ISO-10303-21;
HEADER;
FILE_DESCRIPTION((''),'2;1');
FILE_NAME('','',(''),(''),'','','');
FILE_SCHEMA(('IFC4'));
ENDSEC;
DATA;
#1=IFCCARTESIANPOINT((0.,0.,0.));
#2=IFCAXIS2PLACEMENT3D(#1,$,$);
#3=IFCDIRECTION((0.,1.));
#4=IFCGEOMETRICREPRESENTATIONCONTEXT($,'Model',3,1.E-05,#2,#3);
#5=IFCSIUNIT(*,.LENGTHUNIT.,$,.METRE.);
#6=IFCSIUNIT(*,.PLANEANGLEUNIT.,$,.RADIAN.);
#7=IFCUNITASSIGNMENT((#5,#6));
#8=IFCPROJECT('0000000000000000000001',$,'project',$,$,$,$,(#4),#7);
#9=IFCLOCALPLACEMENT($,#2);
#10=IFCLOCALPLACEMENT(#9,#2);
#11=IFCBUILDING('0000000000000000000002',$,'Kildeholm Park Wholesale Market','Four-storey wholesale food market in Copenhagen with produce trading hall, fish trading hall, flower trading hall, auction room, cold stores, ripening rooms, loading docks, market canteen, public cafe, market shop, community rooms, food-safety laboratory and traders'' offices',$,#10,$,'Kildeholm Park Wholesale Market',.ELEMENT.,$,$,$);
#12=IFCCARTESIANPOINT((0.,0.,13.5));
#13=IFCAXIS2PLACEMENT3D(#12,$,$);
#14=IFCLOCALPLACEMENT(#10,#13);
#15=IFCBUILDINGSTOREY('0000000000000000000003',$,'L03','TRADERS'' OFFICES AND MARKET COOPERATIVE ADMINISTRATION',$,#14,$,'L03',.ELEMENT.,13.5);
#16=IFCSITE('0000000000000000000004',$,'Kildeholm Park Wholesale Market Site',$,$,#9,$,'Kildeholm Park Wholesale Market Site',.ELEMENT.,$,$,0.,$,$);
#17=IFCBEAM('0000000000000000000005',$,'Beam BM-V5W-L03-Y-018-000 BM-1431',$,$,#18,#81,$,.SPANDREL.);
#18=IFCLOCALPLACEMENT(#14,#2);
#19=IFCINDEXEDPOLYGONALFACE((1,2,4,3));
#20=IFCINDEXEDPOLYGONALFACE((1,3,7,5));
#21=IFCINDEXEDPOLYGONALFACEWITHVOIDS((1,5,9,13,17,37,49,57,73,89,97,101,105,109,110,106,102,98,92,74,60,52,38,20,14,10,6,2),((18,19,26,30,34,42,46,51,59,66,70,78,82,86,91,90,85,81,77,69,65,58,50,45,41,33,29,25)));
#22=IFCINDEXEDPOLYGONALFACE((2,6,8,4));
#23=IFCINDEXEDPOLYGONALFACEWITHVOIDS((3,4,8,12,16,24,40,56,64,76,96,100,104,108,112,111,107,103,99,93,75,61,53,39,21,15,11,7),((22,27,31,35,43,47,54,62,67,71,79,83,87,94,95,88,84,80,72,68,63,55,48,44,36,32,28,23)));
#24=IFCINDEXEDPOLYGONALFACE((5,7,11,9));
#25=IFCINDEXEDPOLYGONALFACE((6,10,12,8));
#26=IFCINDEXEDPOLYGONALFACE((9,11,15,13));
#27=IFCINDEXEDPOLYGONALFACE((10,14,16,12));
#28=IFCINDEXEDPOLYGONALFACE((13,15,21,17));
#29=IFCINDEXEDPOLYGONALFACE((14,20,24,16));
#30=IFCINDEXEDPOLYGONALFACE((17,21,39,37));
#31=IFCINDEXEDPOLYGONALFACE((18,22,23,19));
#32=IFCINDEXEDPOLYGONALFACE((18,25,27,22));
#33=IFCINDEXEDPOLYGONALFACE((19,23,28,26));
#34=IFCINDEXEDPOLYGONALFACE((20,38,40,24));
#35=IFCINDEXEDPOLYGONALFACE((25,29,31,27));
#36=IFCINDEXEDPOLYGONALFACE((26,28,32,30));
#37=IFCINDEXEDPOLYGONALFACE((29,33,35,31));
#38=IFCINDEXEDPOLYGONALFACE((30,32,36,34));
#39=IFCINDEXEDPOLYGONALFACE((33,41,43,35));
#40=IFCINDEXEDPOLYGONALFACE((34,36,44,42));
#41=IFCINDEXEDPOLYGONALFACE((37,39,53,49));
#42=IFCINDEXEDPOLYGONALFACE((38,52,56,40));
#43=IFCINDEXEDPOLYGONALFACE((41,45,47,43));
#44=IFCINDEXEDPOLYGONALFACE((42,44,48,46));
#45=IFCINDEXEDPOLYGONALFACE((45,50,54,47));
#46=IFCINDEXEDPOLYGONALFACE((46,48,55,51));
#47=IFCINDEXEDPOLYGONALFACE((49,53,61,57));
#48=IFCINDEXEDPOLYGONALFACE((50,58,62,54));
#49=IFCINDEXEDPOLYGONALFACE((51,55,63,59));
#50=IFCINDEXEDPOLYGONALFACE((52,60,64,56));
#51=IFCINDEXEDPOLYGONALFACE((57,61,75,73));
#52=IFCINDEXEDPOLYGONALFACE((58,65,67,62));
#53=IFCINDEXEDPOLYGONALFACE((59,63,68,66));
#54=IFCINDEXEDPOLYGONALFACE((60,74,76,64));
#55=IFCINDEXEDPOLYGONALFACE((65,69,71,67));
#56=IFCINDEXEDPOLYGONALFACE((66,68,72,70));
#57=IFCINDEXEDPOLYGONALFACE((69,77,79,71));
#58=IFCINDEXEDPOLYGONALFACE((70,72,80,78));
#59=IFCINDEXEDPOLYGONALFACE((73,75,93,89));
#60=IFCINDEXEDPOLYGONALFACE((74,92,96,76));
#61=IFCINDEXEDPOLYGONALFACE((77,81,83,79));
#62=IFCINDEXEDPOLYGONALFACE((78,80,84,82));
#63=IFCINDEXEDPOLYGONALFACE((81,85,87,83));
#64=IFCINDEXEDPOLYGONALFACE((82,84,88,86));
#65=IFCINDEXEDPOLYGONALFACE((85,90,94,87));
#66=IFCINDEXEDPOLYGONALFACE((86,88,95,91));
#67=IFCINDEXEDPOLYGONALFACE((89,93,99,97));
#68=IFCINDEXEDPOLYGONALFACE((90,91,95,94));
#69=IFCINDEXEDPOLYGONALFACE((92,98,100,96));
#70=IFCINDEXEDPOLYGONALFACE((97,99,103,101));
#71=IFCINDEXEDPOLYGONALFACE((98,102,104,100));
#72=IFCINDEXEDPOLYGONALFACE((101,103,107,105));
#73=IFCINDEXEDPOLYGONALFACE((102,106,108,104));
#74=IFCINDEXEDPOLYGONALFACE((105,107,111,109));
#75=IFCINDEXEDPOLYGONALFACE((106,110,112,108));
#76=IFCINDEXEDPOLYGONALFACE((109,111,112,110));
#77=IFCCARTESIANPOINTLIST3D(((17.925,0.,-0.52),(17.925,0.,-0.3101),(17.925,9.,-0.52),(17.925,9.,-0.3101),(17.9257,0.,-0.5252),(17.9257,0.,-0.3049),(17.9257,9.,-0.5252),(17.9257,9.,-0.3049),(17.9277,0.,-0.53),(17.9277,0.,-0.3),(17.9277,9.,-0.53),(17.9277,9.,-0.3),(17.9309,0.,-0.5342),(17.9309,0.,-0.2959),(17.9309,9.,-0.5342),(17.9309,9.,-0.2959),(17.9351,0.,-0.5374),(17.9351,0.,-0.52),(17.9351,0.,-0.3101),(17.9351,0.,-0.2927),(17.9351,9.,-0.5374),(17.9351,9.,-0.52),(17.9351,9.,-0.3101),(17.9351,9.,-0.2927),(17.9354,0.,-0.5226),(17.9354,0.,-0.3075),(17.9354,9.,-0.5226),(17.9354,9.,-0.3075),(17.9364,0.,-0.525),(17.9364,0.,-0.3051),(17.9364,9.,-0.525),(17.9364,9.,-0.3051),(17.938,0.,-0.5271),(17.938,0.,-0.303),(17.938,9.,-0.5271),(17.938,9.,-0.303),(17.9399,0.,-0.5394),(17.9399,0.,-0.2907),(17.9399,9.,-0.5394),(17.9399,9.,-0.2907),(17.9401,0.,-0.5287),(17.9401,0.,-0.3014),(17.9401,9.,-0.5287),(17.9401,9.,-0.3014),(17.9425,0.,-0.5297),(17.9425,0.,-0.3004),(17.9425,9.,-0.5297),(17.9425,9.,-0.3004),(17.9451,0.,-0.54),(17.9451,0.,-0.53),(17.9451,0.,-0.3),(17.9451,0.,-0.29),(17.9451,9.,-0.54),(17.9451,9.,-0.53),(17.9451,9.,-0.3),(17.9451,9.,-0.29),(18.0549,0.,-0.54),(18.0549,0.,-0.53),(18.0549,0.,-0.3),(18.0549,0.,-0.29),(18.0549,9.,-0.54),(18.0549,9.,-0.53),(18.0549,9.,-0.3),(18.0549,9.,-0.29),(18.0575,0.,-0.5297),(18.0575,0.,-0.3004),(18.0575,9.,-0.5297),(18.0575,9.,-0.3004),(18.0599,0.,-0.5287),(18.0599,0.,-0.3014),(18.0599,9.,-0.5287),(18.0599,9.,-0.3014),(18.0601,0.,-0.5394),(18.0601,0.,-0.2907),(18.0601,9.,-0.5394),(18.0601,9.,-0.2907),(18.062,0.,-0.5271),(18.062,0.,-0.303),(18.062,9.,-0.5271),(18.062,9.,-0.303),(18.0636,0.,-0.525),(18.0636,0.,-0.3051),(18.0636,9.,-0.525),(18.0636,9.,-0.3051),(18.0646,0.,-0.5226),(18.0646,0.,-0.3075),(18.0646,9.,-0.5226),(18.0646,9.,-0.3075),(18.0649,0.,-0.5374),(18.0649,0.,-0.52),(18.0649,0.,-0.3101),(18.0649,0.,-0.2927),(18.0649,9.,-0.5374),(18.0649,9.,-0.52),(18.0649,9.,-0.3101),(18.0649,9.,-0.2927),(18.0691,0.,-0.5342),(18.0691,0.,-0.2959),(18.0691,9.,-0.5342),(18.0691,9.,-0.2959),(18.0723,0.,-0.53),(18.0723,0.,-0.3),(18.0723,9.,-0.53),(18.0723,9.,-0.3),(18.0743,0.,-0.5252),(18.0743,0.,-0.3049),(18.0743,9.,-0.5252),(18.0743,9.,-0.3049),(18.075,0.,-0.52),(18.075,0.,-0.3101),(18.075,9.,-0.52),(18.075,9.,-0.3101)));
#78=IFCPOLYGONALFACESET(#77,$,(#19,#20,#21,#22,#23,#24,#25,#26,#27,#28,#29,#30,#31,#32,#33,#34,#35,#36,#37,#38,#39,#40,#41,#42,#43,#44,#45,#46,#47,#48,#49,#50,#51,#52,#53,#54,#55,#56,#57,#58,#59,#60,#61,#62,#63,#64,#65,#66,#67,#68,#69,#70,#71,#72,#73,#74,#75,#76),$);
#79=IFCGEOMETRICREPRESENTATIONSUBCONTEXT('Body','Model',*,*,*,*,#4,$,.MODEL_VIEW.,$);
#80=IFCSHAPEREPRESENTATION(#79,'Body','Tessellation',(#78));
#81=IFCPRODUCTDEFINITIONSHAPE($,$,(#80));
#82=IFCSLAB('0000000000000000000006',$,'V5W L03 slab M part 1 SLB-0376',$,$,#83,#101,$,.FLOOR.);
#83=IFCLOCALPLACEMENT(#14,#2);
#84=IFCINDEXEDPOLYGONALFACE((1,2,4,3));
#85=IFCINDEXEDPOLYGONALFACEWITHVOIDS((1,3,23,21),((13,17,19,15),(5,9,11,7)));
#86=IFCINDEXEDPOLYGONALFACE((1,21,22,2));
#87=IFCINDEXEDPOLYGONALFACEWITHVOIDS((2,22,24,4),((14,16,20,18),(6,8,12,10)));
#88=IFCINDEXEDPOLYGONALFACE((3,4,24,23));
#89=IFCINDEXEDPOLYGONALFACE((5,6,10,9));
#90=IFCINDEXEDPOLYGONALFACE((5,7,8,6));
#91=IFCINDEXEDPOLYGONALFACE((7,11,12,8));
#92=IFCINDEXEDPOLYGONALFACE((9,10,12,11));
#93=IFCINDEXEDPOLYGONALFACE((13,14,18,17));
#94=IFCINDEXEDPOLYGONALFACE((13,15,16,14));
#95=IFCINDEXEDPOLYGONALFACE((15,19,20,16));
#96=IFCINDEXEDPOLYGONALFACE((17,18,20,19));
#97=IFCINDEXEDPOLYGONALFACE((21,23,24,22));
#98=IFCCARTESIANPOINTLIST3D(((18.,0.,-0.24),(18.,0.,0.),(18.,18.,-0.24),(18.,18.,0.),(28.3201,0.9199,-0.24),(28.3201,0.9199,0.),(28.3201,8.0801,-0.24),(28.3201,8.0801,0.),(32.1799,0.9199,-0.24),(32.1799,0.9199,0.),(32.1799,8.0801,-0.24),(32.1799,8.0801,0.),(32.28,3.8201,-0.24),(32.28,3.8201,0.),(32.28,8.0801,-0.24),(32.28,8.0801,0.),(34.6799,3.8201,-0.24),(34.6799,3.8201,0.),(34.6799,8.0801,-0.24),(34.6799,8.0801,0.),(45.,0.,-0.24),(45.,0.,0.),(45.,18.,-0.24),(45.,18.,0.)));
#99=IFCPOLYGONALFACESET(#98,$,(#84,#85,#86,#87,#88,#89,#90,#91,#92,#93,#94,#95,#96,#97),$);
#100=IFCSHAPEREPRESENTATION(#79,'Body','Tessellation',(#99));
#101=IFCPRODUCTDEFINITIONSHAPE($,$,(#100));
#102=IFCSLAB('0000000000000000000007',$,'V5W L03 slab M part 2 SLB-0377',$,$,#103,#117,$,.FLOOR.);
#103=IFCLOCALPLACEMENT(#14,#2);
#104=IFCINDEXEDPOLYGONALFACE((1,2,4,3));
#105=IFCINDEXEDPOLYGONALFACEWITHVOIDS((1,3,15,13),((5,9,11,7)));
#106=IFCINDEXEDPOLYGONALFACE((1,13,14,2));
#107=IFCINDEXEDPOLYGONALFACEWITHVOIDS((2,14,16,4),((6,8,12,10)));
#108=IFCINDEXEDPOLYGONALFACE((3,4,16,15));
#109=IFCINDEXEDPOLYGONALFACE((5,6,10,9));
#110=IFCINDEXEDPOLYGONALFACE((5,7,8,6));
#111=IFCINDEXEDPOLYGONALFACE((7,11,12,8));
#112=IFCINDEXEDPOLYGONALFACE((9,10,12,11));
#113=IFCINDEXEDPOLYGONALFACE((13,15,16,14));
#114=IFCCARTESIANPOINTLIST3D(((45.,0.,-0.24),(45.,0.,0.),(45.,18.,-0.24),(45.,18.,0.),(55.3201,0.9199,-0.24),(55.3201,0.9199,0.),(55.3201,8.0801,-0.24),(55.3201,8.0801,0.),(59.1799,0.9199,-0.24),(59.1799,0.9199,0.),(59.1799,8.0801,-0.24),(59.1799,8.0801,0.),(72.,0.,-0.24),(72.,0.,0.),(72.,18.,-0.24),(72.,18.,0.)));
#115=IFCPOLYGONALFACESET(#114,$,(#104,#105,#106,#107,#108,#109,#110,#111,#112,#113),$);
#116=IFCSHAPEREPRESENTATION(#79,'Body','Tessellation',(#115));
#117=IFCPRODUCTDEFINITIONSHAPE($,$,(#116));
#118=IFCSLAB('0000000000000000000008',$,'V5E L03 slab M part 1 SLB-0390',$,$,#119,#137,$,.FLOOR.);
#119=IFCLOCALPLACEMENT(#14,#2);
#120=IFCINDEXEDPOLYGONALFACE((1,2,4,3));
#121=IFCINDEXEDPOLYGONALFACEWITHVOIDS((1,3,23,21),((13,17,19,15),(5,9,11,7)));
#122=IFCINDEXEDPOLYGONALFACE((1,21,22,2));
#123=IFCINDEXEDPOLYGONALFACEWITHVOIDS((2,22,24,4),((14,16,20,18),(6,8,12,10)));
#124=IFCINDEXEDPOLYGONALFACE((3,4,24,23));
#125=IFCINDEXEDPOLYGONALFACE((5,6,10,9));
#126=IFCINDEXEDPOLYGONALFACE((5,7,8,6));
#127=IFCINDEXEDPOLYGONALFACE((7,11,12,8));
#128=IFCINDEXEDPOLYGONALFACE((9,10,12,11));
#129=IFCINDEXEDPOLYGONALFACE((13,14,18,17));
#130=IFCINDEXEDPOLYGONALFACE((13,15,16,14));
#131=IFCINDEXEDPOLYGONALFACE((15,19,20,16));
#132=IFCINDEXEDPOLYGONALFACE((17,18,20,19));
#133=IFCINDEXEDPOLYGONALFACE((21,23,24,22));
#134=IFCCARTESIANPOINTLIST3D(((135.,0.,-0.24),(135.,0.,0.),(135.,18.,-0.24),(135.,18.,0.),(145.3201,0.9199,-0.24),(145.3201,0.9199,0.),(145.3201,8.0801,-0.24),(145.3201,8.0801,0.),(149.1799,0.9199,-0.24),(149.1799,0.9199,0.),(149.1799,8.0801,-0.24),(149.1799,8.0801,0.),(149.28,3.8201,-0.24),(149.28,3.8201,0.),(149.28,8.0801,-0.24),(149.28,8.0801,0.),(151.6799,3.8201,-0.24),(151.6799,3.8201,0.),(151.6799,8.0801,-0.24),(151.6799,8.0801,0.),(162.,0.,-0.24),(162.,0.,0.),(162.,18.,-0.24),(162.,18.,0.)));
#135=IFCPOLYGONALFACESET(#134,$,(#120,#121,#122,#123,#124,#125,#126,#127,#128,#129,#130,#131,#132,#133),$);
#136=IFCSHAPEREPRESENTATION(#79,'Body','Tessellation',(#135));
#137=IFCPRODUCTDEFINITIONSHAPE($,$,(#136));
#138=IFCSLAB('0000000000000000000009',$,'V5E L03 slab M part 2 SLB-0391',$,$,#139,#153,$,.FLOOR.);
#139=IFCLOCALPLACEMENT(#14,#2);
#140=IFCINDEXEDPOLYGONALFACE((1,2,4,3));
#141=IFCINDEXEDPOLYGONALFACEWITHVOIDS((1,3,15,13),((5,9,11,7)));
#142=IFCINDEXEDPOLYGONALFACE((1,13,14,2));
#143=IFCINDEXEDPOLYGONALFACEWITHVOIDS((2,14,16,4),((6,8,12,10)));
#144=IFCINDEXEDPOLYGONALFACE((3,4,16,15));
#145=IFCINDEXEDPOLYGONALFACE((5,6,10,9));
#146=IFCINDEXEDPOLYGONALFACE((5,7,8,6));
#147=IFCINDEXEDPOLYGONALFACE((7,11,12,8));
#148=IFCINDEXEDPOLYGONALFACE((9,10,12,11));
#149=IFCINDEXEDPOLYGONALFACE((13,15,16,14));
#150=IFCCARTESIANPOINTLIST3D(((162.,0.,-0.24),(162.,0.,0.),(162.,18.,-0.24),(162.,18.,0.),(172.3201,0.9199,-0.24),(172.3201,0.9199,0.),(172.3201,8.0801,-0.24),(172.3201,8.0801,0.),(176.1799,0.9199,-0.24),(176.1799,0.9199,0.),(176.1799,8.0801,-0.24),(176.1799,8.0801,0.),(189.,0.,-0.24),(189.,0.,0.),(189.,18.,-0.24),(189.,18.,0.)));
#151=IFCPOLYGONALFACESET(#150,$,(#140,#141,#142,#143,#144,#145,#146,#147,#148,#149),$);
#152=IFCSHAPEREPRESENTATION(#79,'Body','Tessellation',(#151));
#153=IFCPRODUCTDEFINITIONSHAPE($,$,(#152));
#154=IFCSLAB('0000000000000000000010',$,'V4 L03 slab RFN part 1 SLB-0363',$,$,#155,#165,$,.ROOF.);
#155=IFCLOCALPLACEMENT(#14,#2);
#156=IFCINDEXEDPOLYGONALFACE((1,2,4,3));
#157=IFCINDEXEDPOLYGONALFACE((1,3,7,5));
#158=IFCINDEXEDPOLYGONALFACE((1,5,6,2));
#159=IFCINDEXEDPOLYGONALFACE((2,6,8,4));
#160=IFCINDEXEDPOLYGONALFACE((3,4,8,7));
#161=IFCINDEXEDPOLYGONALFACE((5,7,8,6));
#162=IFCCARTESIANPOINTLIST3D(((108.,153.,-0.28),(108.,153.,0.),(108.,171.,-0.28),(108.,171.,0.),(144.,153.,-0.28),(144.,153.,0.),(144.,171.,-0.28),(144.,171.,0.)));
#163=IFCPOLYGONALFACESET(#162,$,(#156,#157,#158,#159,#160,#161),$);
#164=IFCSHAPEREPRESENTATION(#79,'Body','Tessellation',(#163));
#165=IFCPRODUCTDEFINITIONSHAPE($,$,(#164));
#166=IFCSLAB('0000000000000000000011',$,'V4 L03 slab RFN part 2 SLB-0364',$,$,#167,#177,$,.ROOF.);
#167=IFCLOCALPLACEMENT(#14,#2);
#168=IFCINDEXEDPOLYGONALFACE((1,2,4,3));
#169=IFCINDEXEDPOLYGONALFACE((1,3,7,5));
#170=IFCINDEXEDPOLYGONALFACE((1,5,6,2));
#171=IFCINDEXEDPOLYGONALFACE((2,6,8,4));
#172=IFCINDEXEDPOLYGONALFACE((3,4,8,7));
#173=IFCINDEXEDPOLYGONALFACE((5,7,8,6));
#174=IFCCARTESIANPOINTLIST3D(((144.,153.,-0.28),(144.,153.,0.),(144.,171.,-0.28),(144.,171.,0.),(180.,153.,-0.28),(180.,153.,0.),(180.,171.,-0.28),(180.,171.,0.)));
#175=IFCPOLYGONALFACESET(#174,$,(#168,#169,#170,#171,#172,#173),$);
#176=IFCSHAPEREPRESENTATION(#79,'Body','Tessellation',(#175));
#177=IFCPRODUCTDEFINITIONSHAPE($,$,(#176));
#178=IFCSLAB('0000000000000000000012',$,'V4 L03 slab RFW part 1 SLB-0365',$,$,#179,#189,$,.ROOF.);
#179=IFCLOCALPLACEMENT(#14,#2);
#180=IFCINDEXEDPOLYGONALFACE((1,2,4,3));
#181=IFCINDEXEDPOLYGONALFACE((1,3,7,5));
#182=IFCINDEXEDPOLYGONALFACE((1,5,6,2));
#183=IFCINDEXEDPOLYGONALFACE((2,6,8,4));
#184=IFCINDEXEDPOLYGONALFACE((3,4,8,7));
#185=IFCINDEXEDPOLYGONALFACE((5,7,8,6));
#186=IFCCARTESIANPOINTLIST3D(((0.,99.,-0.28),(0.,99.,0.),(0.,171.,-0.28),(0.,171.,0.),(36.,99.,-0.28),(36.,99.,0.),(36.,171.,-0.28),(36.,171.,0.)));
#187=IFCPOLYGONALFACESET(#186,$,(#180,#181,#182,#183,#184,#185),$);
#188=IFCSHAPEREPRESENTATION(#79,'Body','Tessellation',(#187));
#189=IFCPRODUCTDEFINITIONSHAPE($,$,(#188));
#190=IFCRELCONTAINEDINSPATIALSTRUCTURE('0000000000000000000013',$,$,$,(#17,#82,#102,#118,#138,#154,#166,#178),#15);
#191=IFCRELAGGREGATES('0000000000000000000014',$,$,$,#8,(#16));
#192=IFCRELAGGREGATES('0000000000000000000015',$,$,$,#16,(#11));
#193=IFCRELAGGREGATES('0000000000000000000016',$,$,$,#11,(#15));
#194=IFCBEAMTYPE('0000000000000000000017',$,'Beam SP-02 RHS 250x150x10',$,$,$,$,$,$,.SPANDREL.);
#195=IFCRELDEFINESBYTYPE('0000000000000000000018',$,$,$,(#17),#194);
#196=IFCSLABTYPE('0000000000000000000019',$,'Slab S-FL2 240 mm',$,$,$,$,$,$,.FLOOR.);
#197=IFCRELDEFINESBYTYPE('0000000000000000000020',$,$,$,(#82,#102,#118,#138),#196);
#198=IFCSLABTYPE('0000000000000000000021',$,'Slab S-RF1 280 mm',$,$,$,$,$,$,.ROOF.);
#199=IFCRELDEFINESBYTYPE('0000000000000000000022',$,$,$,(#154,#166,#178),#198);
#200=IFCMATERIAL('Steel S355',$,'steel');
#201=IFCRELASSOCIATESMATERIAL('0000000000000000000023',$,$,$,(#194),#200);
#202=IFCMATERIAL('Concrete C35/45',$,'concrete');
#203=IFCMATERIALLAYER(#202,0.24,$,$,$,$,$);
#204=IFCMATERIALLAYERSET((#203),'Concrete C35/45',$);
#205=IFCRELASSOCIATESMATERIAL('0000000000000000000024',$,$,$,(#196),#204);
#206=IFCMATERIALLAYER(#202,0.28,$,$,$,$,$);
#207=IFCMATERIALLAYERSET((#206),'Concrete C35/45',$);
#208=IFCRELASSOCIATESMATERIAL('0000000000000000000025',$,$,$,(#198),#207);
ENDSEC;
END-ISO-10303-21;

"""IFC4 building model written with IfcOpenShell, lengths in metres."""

from ifc_helpers import new_model, si_unit, direction, frame, origin, origin_2d, place, context, subcontext, project, spatial, polyline, hollow_rectangle, outline, extrude, material, layer, layer_set, material_profile, profile_set, type_object, element, save


model = new_model("IFC4")

# Units and contexts
model_context = context("Model", 3, precision=1e-05, world=origin(), true_north=direction((0.0, 1.0)))
body_context = subcontext(model_context, "Body", "Model", "MODEL_VIEW")
ifc_project = project(units=[si_unit("LENGTHUNIT", "METRE"), si_unit("PLANEANGLEUNIT", "RADIAN")], contexts=[model_context])

# Site, building, storey
site_placement = place(None, origin())
site = spatial("IfcSite", under=ifc_project, at=site_placement, Name="Kildeholm Park Wholesale Market Site", LongName="Kildeholm Park Wholesale Market Site", CompositionType="ELEMENT", RefElevation=0.0)
building_placement = place(site_placement, origin())
building = spatial("IfcBuilding", under=site, at=building_placement, Name="Kildeholm Park Wholesale Market", Description="Four-storey wholesale food market in Copenhagen with produce trading hall, fish trading hall, flower trading hall, auction room, cold stores, ripening rooms, loading docks, market canteen, public cafe, market shop, community rooms, food-safety laboratory and traders' offices", LongName="Kildeholm Park Wholesale Market", CompositionType="ELEMENT")
storey_placement = place(building_placement, frame((0.0, 0.0, 13.5)))
storey = spatial("IfcBuildingStorey", under=building, at=storey_placement, Name="L03", Description="TRADERS' OFFICES AND MARKET COOPERATIVE ADMINISTRATION", LongName="L03", CompositionType="ELEMENT", Elevation=13.5)

# Shared definitions
ifc_material_1 = material(Name="Steel S355", Category="steel")

# Beam
ifc_material_profile_1 = material_profile(ifc_material_1, hollow_rectangle(XDim=0.1499, YDim=0.25, WallThickness=0.01, InnerFilletRadius=0.01, OuterFilletRadius=0.02, at=origin_2d()), Name="RHS 250x150x10")
ifc_profile_set_1 = profile_set([ifc_material_profile_1], Name="Steel S355")
beam_type_1 = type_object("IfcBeamType", Name="Beam SP-02 RHS 250x150x10", PredefinedType="SPANDREL", material=ifc_profile_set_1)
for number, where, z_axis, x_axis, name in (
    (1, (18.0, 0.0, -0.415), (0.0, 1.0, 0.0), (-1.0, 0.0, 0.0), "Beam BM-V5W-L03-Y-018-000 BM-1431"),
):
    element("IfcBeam", number, at=place(storey_placement, frame(where, z_axis=z_axis, x_axis=x_axis)), inside=storey, type_object=beam_type_1, Name=name, PredefinedType="SPANDREL", context=body_context, shape_type="SweptSolid", body=[
        extrude(hollow_rectangle(XDim=0.1499, YDim=0.25, WallThickness=0.01, InnerFilletRadius=0.01, OuterFilletRadius=0.02, at=origin_2d()), origin(), (0.0, 0.0, 1.0), 9.0),
    ])

# Slabs
ifc_material_2 = material(Name="Concrete C35/45", Category="concrete")
ifc_layer_1 = layer(ifc_material_2, 0.24)
ifc_layer_set_1 = layer_set([ifc_layer_1], Name="Concrete C35/45")
slab_type_1 = type_object("IfcSlabType", Name="Slab S-FL2 240 mm", PredefinedType="FLOOR", material=ifc_layer_set_1)
slab_1_placement = place(storey_placement, frame((0.0, 0.0, -0.24)))
element("IfcSlab", 2, at=slab_1_placement, inside=storey, type_object=slab_type_1, Name="V5W L03 slab M part 1 SLB-0376", PredefinedType="FLOOR", context=body_context, shape_type="SweptSolid", body=[
    extrude(outline(polyline([(18.0, 18.0), (45.0, 18.0), (45.0, 0.0), (18.0, 0.0), (18.0, 18.0)]), holes=[polyline([(28.3201, 8.0801), (28.3201, 0.9199), (32.1799, 0.9199), (32.1799, 8.0801), (28.3201, 8.0801)]), polyline([(32.28, 8.0801), (32.28, 3.8201), (34.6799, 3.8201), (34.6799, 8.0801), (32.28, 8.0801)])]), origin(), (0.0, 0.0, 1.0), 0.24),
])
slab_2_placement = place(storey_placement, frame((0.0, 0.0, -0.24)))
element("IfcSlab", 3, at=slab_2_placement, inside=storey, type_object=slab_type_1, Name="V5W L03 slab M part 2 SLB-0377", PredefinedType="FLOOR", context=body_context, shape_type="SweptSolid", body=[
    extrude(outline(polyline([(45.0, 18.0), (72.0, 18.0), (72.0, 0.0), (45.0, 0.0), (45.0, 18.0)]), holes=[polyline([(55.3201, 8.0801), (55.3201, 0.9199), (59.1799, 0.9199), (59.1799, 8.0801), (55.3201, 8.0801)])]), origin(), (0.0, 0.0, 1.0), 0.24),
])
slab_3_placement = place(storey_placement, frame((0.0, 0.0, -0.24)))
element("IfcSlab", 4, at=slab_3_placement, inside=storey, type_object=slab_type_1, Name="V5E L03 slab M part 1 SLB-0390", PredefinedType="FLOOR", context=body_context, shape_type="SweptSolid", body=[
    extrude(outline(polyline([(135.0, 18.0), (162.0, 18.0), (162.0, 0.0), (135.0, 0.0), (135.0, 18.0)]), holes=[polyline([(145.3201, 8.0801), (145.3201, 0.9199), (149.1799, 0.9199), (149.1799, 8.0801), (145.3201, 8.0801)]), polyline([(149.28, 8.0801), (149.28, 3.8201), (151.6799, 3.8201), (151.6799, 8.0801), (149.28, 8.0801)])]), origin(), (0.0, 0.0, 1.0), 0.24),
])
slab_4_placement = place(storey_placement, frame((0.0, 0.0, -0.24)))
element("IfcSlab", 5, at=slab_4_placement, inside=storey, type_object=slab_type_1, Name="V5E L03 slab M part 2 SLB-0391", PredefinedType="FLOOR", context=body_context, shape_type="SweptSolid", body=[
    extrude(outline(polyline([(162.0, 18.0), (189.0, 18.0), (189.0, 0.0), (162.0, 0.0), (162.0, 18.0)]), holes=[polyline([(172.3201, 8.0801), (172.3201, 0.9199), (176.1799, 0.9199), (176.1799, 8.0801), (172.3201, 8.0801)])]), origin(), (0.0, 0.0, 1.0), 0.24),
])
ifc_layer_2 = layer(ifc_material_2, 0.28)
ifc_layer_set_2 = layer_set([ifc_layer_2], Name="Concrete C35/45")
slab_type_2 = type_object("IfcSlabType", Name="Slab S-RF1 280 mm", PredefinedType="ROOF", material=ifc_layer_set_2)
slab_5_placement = place(storey_placement, frame((0.0, 0.0, -0.28)))
element("IfcSlab", 6, at=slab_5_placement, inside=storey, type_object=slab_type_2, Name="V4 L03 slab RFN part 1 SLB-0363", PredefinedType="ROOF", context=body_context, shape_type="SweptSolid", body=[
    extrude(outline(polyline([(108.0, 171.0), (144.0, 171.0), (144.0, 153.0), (108.0, 153.0), (108.0, 171.0)])), origin(), (0.0, 0.0, 1.0), 0.28),
])
slab_6_placement = place(storey_placement, frame((0.0, 0.0, -0.28)))
element("IfcSlab", 7, at=slab_6_placement, inside=storey, type_object=slab_type_2, Name="V4 L03 slab RFN part 2 SLB-0364", PredefinedType="ROOF", context=body_context, shape_type="SweptSolid", body=[
    extrude(outline(polyline([(144.0, 171.0), (180.0, 171.0), (180.0, 153.0), (144.0, 153.0), (144.0, 171.0)])), origin(), (0.0, 0.0, 1.0), 0.28),
])
slab_7_placement = place(storey_placement, frame((0.0, 0.0, -0.28)))
element("IfcSlab", 8, at=slab_7_placement, inside=storey, type_object=slab_type_2, Name="V4 L03 slab RFW part 1 SLB-0365", PredefinedType="ROOF", context=body_context, shape_type="SweptSolid", body=[
    extrude(outline(polyline([(0.0, 171.0), (36.0, 171.0), (36.0, 99.0), (0.0, 99.0), (0.0, 171.0)])), origin(), (0.0, 0.0, 1.0), 0.28),
])

save(model, "model.ifc")
